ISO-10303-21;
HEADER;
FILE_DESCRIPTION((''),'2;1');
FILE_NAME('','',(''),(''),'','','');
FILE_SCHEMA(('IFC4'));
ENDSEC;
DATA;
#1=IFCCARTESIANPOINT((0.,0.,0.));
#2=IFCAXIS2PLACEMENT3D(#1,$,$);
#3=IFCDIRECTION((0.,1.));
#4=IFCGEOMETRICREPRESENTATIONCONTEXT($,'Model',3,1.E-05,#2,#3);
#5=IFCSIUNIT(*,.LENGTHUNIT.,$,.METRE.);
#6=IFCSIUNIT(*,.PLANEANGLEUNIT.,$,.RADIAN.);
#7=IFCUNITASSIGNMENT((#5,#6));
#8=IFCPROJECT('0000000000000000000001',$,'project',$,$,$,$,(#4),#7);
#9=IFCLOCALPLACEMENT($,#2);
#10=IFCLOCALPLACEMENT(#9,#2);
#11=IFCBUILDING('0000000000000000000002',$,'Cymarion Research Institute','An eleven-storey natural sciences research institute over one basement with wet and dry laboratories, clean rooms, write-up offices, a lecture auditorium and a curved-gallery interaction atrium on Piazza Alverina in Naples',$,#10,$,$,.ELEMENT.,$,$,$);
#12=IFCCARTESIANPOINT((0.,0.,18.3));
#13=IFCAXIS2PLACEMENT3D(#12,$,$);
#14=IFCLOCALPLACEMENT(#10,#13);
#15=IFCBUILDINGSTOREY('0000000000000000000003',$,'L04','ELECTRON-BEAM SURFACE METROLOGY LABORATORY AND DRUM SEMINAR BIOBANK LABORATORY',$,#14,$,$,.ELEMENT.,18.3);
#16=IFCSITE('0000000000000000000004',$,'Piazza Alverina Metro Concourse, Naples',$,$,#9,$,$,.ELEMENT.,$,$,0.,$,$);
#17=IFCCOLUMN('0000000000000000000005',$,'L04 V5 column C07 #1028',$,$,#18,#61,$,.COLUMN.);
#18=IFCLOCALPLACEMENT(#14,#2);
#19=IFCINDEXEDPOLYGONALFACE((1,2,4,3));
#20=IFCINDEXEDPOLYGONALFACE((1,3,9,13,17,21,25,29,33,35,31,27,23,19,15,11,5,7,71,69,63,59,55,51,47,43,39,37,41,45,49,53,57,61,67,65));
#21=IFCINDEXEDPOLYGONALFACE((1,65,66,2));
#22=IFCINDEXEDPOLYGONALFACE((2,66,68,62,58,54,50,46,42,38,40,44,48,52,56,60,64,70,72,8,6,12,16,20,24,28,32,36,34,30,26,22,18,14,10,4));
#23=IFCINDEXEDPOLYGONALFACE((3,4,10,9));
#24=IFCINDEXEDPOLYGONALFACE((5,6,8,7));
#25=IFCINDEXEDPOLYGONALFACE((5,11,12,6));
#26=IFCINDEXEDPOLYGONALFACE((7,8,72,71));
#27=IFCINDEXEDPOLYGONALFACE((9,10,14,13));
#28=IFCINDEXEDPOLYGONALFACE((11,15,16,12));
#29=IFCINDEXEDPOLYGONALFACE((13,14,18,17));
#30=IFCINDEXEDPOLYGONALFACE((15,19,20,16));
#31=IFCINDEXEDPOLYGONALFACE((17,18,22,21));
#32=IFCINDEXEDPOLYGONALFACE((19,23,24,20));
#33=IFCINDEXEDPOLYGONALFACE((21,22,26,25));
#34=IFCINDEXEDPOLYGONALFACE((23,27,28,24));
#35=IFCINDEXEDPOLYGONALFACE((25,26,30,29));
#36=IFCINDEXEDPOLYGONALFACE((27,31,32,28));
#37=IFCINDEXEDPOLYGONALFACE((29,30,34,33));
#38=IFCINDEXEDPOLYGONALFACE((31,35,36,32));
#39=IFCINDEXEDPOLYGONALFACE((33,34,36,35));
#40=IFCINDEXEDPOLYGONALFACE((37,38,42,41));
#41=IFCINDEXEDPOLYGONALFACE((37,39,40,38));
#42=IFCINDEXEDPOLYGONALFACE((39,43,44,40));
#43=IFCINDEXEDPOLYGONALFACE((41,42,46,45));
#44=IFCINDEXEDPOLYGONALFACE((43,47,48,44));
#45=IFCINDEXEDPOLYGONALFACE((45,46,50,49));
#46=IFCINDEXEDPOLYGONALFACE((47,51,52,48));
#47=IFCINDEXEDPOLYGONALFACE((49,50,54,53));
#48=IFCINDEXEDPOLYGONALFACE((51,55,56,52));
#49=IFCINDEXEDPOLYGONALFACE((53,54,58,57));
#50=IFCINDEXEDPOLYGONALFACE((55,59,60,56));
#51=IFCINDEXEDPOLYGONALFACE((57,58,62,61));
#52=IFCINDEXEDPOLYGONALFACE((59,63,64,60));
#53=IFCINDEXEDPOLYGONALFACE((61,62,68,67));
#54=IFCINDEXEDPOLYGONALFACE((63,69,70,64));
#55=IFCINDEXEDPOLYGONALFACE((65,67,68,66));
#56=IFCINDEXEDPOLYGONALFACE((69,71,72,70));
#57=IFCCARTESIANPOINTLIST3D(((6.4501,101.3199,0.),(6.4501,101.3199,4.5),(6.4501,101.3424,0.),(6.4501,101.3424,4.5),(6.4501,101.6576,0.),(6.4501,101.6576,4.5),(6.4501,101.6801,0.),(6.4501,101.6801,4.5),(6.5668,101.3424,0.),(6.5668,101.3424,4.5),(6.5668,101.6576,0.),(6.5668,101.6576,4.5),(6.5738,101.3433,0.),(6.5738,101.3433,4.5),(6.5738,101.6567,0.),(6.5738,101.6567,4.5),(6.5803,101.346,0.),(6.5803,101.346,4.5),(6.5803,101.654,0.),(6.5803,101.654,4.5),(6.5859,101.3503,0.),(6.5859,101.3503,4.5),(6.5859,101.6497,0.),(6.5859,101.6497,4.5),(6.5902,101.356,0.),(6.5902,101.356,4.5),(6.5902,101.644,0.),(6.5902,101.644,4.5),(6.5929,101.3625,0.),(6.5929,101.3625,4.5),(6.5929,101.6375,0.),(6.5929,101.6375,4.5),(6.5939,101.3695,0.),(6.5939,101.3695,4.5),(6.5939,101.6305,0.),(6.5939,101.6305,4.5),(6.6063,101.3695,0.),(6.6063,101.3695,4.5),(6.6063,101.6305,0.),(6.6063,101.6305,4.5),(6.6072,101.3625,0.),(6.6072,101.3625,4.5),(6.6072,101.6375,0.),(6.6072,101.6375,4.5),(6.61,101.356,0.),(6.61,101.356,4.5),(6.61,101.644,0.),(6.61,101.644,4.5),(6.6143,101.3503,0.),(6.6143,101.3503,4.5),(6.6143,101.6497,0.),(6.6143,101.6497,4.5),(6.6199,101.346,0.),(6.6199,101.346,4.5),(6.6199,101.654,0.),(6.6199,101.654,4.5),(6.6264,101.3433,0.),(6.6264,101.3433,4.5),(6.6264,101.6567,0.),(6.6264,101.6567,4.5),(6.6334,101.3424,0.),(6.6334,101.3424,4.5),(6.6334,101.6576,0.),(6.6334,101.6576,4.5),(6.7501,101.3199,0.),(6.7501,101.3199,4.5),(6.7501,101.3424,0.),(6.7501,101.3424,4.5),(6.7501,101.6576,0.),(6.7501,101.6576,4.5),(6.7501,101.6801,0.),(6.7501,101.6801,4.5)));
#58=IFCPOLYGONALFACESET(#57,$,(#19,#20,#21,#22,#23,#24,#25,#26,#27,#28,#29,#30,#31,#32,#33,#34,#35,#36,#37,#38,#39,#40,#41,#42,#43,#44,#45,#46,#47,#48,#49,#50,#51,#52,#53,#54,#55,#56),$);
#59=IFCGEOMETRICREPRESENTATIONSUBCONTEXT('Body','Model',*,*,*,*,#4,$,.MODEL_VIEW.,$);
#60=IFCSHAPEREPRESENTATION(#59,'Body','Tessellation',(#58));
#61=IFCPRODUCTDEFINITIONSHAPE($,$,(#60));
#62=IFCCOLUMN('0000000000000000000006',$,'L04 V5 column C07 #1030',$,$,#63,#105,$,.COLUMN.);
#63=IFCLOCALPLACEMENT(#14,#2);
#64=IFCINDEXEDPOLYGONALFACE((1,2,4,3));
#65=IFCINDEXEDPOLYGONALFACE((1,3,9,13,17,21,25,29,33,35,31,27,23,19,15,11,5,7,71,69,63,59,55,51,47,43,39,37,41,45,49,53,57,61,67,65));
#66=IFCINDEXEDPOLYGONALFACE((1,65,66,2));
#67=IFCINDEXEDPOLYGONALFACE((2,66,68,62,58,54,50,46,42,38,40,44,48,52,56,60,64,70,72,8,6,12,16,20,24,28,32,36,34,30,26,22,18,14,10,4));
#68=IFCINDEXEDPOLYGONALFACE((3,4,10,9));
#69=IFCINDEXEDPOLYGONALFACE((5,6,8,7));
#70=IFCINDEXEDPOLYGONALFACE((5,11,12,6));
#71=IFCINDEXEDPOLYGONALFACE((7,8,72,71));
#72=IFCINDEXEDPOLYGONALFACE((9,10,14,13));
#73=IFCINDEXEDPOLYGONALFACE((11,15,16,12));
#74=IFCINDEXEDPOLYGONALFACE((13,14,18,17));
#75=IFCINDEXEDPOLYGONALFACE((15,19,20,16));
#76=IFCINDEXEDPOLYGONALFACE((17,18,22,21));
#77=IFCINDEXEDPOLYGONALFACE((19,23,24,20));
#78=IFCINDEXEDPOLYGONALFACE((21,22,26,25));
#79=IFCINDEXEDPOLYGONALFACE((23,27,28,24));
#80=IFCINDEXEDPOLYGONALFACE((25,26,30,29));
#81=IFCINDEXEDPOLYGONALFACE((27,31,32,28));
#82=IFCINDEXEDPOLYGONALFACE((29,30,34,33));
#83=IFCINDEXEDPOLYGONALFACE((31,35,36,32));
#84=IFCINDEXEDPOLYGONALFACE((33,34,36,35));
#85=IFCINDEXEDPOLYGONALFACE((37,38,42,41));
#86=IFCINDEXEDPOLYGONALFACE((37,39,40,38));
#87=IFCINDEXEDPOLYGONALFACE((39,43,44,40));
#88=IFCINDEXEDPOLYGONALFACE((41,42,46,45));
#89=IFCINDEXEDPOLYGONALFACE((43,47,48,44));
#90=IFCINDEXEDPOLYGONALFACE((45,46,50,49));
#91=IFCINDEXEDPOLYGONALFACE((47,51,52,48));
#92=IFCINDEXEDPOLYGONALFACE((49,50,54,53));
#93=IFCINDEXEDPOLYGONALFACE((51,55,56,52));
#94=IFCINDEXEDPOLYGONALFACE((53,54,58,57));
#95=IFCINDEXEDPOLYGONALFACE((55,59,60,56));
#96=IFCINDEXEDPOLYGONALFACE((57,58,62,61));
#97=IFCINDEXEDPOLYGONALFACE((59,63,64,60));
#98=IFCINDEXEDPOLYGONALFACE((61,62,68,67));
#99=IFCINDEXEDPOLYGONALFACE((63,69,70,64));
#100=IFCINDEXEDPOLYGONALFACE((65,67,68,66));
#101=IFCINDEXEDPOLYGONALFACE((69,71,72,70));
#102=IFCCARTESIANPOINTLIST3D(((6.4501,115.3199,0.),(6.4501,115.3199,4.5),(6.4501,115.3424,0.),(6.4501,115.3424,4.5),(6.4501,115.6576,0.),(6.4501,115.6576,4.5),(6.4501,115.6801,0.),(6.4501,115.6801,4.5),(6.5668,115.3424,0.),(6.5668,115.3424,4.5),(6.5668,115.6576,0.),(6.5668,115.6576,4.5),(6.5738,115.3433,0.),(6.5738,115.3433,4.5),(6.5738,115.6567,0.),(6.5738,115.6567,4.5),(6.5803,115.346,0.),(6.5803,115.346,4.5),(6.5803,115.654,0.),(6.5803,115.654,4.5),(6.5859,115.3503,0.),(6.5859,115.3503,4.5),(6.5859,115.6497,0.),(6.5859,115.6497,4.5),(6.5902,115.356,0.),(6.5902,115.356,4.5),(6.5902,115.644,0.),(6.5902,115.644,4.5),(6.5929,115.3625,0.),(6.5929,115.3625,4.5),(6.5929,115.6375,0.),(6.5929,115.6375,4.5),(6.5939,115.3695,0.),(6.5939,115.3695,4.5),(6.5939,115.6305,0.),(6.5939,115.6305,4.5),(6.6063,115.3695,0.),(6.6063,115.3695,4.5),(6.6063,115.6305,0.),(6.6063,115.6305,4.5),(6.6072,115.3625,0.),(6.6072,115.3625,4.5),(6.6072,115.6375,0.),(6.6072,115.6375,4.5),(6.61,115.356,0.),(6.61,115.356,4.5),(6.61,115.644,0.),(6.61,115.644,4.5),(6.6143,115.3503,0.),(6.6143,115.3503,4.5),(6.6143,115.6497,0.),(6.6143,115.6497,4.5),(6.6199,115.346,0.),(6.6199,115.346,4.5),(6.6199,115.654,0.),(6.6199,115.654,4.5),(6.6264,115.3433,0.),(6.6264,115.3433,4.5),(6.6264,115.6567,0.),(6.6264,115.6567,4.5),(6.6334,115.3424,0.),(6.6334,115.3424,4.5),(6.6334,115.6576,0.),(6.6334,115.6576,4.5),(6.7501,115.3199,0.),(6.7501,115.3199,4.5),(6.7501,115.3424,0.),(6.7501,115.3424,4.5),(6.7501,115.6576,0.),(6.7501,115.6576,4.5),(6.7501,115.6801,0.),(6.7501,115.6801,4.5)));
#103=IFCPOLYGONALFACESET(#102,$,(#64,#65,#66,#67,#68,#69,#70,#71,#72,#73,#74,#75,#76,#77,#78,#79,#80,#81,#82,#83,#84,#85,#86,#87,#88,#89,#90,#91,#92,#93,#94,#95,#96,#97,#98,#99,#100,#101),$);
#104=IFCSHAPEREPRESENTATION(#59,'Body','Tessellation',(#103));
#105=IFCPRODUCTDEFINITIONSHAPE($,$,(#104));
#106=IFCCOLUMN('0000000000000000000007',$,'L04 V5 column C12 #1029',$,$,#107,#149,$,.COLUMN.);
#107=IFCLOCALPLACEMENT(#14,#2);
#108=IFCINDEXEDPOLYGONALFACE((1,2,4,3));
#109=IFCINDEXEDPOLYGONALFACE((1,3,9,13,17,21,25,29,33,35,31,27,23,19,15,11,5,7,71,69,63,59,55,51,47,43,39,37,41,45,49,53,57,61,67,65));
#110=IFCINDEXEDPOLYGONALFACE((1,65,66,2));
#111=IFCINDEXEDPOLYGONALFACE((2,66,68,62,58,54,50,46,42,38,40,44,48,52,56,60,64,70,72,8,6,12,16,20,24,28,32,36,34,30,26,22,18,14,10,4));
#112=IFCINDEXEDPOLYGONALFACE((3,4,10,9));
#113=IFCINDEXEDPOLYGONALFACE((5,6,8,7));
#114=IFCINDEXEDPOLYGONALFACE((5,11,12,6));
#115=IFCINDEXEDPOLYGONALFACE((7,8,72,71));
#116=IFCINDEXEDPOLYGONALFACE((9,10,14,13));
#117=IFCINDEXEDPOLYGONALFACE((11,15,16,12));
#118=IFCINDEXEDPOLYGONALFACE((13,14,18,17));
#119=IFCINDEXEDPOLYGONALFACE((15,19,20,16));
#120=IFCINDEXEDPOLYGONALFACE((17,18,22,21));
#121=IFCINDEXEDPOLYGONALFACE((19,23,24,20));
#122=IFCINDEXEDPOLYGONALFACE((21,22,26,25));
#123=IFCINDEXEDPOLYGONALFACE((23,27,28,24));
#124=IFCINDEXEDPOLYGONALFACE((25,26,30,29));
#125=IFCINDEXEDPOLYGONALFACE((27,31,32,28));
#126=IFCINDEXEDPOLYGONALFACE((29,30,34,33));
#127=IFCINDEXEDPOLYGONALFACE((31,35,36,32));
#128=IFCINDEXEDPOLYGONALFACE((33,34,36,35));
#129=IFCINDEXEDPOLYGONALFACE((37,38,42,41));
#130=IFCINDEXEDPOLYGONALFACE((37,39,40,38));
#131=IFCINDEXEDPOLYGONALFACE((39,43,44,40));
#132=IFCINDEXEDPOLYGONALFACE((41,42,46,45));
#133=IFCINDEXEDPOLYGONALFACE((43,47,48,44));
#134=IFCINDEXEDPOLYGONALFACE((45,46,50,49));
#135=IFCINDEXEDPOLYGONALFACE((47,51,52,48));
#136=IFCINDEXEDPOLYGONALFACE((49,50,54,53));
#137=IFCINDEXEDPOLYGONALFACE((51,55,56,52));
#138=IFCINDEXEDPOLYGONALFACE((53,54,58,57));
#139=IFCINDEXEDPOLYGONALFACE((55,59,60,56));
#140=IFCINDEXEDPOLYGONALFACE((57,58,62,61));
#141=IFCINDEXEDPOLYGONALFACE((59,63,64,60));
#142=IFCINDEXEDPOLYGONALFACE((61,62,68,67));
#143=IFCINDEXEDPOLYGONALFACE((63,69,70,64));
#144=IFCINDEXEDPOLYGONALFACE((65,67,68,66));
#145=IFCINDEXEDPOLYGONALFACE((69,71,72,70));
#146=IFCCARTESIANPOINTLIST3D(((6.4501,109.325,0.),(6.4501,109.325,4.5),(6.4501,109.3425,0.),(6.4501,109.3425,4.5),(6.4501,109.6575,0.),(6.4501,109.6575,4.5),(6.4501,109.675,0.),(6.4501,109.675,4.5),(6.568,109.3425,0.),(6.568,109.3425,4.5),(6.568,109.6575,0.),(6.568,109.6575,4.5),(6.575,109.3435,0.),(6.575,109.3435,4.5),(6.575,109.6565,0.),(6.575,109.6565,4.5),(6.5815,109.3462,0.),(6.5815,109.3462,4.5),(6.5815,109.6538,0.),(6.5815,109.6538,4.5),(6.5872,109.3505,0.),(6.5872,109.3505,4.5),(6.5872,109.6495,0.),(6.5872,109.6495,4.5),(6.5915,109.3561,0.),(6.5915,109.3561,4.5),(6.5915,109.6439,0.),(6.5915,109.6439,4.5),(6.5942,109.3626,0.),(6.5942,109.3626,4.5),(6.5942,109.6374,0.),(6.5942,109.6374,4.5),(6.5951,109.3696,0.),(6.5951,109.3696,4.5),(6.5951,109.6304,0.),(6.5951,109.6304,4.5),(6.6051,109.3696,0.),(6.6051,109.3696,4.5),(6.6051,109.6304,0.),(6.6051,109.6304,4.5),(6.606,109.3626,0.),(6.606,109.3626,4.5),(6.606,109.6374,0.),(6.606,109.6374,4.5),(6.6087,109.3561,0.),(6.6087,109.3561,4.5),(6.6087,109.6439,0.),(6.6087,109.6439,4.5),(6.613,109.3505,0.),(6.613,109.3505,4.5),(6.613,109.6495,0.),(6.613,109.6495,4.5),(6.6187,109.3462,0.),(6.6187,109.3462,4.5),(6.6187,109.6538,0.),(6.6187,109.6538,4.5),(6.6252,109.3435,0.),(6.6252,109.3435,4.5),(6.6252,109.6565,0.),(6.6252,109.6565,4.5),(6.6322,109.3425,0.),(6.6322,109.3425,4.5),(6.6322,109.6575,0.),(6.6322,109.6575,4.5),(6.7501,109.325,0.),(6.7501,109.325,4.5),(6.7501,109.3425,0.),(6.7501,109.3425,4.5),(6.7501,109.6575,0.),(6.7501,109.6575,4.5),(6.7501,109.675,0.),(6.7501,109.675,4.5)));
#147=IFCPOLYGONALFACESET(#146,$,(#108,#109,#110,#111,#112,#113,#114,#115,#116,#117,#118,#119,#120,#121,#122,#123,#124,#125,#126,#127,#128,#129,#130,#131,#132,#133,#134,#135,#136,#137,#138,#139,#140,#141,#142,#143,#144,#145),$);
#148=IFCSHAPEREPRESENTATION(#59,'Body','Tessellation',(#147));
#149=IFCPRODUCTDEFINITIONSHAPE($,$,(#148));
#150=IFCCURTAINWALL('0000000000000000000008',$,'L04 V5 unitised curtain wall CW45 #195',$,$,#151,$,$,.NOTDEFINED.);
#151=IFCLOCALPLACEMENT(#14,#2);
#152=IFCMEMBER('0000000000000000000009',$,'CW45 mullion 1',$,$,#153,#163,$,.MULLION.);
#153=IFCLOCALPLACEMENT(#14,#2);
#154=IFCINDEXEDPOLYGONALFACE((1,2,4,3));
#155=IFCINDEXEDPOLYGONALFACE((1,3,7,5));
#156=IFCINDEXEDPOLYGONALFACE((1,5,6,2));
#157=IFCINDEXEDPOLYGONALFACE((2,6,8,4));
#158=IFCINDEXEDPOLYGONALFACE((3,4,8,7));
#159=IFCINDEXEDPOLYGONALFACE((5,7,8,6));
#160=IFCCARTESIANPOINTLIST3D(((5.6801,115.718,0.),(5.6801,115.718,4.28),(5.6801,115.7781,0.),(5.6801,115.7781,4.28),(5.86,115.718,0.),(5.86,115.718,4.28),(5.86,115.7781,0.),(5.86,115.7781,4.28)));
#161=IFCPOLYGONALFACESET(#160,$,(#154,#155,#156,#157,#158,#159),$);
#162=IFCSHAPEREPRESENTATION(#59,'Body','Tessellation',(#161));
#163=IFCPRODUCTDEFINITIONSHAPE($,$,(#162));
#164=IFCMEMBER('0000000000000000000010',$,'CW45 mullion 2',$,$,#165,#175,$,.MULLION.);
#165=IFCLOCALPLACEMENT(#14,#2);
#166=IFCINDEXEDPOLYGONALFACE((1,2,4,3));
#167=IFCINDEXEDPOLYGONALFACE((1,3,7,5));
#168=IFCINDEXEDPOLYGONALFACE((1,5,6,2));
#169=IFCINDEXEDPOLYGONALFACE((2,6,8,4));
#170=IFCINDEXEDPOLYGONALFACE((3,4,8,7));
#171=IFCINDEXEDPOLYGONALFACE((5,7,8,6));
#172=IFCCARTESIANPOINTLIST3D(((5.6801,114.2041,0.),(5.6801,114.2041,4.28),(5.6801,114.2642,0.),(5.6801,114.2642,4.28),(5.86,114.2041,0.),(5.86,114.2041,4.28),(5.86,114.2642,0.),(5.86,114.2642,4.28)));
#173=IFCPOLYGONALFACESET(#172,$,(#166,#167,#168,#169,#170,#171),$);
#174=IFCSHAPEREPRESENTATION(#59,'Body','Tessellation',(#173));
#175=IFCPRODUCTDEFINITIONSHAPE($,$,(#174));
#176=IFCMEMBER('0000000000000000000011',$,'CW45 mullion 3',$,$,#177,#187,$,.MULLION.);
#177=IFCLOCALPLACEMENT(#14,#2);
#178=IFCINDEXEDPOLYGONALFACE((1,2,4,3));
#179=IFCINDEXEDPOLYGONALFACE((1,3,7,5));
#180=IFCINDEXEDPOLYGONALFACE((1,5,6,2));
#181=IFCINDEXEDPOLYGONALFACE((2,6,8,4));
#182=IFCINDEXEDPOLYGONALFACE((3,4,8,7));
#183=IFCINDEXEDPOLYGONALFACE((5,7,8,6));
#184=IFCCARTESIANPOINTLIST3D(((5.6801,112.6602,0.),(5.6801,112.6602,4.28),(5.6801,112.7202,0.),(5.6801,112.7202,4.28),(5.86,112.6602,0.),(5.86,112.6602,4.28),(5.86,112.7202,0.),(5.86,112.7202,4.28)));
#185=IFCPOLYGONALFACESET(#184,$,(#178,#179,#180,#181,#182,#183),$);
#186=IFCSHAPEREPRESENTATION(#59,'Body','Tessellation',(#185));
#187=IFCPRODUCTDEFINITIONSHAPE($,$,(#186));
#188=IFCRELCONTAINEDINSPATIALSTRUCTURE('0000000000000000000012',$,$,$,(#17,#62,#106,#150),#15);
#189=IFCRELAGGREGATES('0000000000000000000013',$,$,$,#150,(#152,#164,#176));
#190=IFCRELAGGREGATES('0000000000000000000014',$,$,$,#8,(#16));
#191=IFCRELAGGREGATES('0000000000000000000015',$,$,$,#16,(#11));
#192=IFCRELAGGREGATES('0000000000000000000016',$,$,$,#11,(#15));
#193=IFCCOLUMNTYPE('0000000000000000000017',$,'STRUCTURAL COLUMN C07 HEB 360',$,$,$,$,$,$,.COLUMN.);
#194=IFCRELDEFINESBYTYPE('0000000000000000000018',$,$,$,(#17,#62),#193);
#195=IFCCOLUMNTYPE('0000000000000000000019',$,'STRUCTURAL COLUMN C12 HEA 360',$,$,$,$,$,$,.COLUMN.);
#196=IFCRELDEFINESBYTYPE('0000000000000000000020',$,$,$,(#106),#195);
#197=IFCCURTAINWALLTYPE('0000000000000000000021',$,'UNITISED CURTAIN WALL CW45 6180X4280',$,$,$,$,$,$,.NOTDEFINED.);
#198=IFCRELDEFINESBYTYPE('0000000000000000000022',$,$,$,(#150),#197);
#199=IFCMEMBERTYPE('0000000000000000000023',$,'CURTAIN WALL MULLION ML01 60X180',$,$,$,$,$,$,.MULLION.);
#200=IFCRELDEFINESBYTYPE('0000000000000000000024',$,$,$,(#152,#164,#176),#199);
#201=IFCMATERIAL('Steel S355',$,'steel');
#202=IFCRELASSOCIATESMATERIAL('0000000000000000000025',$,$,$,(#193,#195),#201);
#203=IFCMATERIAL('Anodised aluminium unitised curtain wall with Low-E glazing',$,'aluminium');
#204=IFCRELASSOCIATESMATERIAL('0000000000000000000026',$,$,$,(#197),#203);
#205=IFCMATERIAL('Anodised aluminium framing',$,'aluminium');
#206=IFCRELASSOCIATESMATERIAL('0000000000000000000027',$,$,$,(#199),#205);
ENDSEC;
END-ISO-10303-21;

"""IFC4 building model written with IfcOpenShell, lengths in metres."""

from ifc_helpers import new_model, si_unit, direction, frame, origin, origin_2d, place, context, subcontext, project, spatial, rectangle, i_section, extrude, material, material_profile, profile_set, type_object, element, aggregate, save


model = new_model("IFC4")

# Units and contexts
model_context = context("Model", 3, precision=1e-05, world=origin(), true_north=direction((0.0, 1.0)))
body_context = subcontext(model_context, "Body", "Model", "MODEL_VIEW")
ifc_project = project(units=[si_unit("LENGTHUNIT", "METRE"), si_unit("PLANEANGLEUNIT", "RADIAN")], contexts=[model_context])

# Site, building, storey
site_placement = place(None, origin())
site = spatial("IfcSite", under=ifc_project, at=site_placement, Name="Piazza Alverina Metro Concourse, Naples", CompositionType="ELEMENT", RefElevation=0.0)
building_placement = place(site_placement, origin())
building = spatial("IfcBuilding", under=site, at=building_placement, Name="Cymarion Research Institute", Description="An eleven-storey natural sciences research institute over one basement with wet and dry laboratories, clean rooms, write-up offices, a lecture auditorium and a curved-gallery interaction atrium on Piazza Alverina in Naples", CompositionType="ELEMENT")
storey_placement = place(building_placement, frame((0.0, 0.0, 18.3)))
storey = spatial("IfcBuildingStorey", under=building, at=storey_placement, Name="L04", Description="ELECTRON-BEAM SURFACE METROLOGY LABORATORY AND DRUM SEMINAR BIOBANK LABORATORY", CompositionType="ELEMENT", Elevation=18.3)

# Columns
ifc_material_1 = material(Name="Steel S355", Category="steel")
ifc_material_profile_1 = material_profile(ifc_material_1, i_section(OverallWidth=0.3, OverallDepth=0.3601, WebThickness=0.0125, FlangeThickness=0.0225, FilletRadius=0.0271, at=origin_2d()), Name="HEB 360")
ifc_profile_set_1 = profile_set([ifc_material_profile_1], Name="Steel S355")
column_type_1 = type_object("IfcColumnType", Name="STRUCTURAL COLUMN C07 HEB 360", PredefinedType="COLUMN", material=ifc_profile_set_1)
for number, where, z_axis, x_axis, name in (
    (1, (6.6001, 101.5, 0.0), (0.0, 0.0, 1.0), (1.0, 0.0, 0.0), "L04 V5 column C07 #1028"),
    (2, (6.6001, 115.5, 0.0), (0.0, 0.0, 1.0), (1.0, 0.0, 0.0), "L04 V5 column C07 #1030"),
):
    element("IfcColumn", number, at=place(storey_placement, frame(where, z_axis=z_axis, x_axis=x_axis)), inside=storey, type_object=column_type_1, Name=name, PredefinedType="COLUMN", context=body_context, shape_type="SweptSolid", body=[
        extrude(i_section(OverallWidth=0.3, OverallDepth=0.3601, WebThickness=0.0125, FlangeThickness=0.0225, FilletRadius=0.0271, at=origin_2d()), origin(), (0.0, 0.0, 1.0), 4.5),
    ])
ifc_material_profile_2 = material_profile(ifc_material_1, i_section(OverallWidth=0.3, OverallDepth=0.3501, WebThickness=0.01, FlangeThickness=0.0176, FilletRadius=0.0271, at=origin_2d()), Name="HEA 360")
ifc_profile_set_2 = profile_set([ifc_material_profile_2], Name="Steel S355")
column_type_2 = type_object("IfcColumnType", Name="STRUCTURAL COLUMN C12 HEA 360", PredefinedType="COLUMN", material=ifc_profile_set_2)
column_placement = place(storey_placement, frame((6.6001, 109.5, 0.0), z_axis=(0.0, 0.0, 1.0), x_axis=(1.0, 0.0, 0.0)))
element("IfcColumn", 3, at=column_placement, inside=storey, type_object=column_type_2, Name="L04 V5 column C12 #1029", PredefinedType="COLUMN", context=body_context, shape_type="SweptSolid", body=[
    extrude(i_section(OverallWidth=0.3, OverallDepth=0.3501, WebThickness=0.01, FlangeThickness=0.0176, FilletRadius=0.0271, at=origin_2d()), origin(), (0.0, 0.0, 1.0), 4.5),
])

# Curtain wall, members
ifc_material_2 = material(Name="Anodised aluminium unitised curtain wall with Low-E glazing", Category="aluminium")
curtain_wall_type = type_object("IfcCurtainWallType", Name="UNITISED CURTAIN WALL CW45 6180X4280", PredefinedType="NOTDEFINED", material=ifc_material_2)
curtain_wall_placement = place(storey_placement, origin())
curtain_wall = element("IfcCurtainWall", 4, at=curtain_wall_placement, inside=storey, type_object=curtain_wall_type, Name="L04 V5 unitised curtain wall CW45 #195", PredefinedType="NOTDEFINED")
ifc_material_3 = material(Name="Anodised aluminium framing", Category="aluminium")
ifc_material_profile_3 = material_profile(ifc_material_3, rectangle(XDim=0.0601, YDim=0.1799, at=origin_2d()), Name="ALU MULLION 60x180")
ifc_profile_set_3 = profile_set([ifc_material_profile_3], Name="Anodised aluminium framing")
member_type_1 = type_object("IfcMemberType", Name="CURTAIN WALL MULLION ML01 60X180", PredefinedType="MULLION", material=ifc_profile_set_3)
member_1_placement = place(storey_placement, frame((5.77, 115.748, 0.0), z_axis=(0.0, 0.0, 1.0), x_axis=(0.0, -1.0, 0.0)))
member_1 = element("IfcMember", 5, at=member_1_placement, type_object=member_type_1, Name="CW45 mullion 1", PredefinedType="MULLION", context=body_context, shape_type="SweptSolid", body=[
    extrude(rectangle(XDim=0.0601, YDim=0.1799, at=origin_2d()), origin(), (0.0, 0.0, 1.0), 4.28),
])
member_2_placement = place(storey_placement, frame((5.77, 114.2341, 0.0), z_axis=(0.0, 0.0, 1.0), x_axis=(0.0, -1.0, 0.0)))
member_2 = element("IfcMember", 6, at=member_2_placement, type_object=member_type_1, Name="CW45 mullion 2", PredefinedType="MULLION", context=body_context, shape_type="SweptSolid", body=[
    extrude(rectangle(XDim=0.0601, YDim=0.1799, at=origin_2d()), origin(), (0.0, 0.0, 1.0), 4.28),
])
member_3_placement = place(storey_placement, frame((5.77, 112.6902, 0.0), z_axis=(0.0, 0.0, 1.0), x_axis=(0.0, -1.0, 0.0)))
member_3 = element("IfcMember", 7, at=member_3_placement, type_object=member_type_1, Name="CW45 mullion 3", PredefinedType="MULLION", context=body_context, shape_type="SweptSolid", body=[
    extrude(rectangle(XDim=0.0601, YDim=0.1799, at=origin_2d()), origin(), (0.0, 0.0, 1.0), 4.28),
])

aggregate(curtain_wall, [member_1, member_2, member_3])

save(model, "model.ifc")
